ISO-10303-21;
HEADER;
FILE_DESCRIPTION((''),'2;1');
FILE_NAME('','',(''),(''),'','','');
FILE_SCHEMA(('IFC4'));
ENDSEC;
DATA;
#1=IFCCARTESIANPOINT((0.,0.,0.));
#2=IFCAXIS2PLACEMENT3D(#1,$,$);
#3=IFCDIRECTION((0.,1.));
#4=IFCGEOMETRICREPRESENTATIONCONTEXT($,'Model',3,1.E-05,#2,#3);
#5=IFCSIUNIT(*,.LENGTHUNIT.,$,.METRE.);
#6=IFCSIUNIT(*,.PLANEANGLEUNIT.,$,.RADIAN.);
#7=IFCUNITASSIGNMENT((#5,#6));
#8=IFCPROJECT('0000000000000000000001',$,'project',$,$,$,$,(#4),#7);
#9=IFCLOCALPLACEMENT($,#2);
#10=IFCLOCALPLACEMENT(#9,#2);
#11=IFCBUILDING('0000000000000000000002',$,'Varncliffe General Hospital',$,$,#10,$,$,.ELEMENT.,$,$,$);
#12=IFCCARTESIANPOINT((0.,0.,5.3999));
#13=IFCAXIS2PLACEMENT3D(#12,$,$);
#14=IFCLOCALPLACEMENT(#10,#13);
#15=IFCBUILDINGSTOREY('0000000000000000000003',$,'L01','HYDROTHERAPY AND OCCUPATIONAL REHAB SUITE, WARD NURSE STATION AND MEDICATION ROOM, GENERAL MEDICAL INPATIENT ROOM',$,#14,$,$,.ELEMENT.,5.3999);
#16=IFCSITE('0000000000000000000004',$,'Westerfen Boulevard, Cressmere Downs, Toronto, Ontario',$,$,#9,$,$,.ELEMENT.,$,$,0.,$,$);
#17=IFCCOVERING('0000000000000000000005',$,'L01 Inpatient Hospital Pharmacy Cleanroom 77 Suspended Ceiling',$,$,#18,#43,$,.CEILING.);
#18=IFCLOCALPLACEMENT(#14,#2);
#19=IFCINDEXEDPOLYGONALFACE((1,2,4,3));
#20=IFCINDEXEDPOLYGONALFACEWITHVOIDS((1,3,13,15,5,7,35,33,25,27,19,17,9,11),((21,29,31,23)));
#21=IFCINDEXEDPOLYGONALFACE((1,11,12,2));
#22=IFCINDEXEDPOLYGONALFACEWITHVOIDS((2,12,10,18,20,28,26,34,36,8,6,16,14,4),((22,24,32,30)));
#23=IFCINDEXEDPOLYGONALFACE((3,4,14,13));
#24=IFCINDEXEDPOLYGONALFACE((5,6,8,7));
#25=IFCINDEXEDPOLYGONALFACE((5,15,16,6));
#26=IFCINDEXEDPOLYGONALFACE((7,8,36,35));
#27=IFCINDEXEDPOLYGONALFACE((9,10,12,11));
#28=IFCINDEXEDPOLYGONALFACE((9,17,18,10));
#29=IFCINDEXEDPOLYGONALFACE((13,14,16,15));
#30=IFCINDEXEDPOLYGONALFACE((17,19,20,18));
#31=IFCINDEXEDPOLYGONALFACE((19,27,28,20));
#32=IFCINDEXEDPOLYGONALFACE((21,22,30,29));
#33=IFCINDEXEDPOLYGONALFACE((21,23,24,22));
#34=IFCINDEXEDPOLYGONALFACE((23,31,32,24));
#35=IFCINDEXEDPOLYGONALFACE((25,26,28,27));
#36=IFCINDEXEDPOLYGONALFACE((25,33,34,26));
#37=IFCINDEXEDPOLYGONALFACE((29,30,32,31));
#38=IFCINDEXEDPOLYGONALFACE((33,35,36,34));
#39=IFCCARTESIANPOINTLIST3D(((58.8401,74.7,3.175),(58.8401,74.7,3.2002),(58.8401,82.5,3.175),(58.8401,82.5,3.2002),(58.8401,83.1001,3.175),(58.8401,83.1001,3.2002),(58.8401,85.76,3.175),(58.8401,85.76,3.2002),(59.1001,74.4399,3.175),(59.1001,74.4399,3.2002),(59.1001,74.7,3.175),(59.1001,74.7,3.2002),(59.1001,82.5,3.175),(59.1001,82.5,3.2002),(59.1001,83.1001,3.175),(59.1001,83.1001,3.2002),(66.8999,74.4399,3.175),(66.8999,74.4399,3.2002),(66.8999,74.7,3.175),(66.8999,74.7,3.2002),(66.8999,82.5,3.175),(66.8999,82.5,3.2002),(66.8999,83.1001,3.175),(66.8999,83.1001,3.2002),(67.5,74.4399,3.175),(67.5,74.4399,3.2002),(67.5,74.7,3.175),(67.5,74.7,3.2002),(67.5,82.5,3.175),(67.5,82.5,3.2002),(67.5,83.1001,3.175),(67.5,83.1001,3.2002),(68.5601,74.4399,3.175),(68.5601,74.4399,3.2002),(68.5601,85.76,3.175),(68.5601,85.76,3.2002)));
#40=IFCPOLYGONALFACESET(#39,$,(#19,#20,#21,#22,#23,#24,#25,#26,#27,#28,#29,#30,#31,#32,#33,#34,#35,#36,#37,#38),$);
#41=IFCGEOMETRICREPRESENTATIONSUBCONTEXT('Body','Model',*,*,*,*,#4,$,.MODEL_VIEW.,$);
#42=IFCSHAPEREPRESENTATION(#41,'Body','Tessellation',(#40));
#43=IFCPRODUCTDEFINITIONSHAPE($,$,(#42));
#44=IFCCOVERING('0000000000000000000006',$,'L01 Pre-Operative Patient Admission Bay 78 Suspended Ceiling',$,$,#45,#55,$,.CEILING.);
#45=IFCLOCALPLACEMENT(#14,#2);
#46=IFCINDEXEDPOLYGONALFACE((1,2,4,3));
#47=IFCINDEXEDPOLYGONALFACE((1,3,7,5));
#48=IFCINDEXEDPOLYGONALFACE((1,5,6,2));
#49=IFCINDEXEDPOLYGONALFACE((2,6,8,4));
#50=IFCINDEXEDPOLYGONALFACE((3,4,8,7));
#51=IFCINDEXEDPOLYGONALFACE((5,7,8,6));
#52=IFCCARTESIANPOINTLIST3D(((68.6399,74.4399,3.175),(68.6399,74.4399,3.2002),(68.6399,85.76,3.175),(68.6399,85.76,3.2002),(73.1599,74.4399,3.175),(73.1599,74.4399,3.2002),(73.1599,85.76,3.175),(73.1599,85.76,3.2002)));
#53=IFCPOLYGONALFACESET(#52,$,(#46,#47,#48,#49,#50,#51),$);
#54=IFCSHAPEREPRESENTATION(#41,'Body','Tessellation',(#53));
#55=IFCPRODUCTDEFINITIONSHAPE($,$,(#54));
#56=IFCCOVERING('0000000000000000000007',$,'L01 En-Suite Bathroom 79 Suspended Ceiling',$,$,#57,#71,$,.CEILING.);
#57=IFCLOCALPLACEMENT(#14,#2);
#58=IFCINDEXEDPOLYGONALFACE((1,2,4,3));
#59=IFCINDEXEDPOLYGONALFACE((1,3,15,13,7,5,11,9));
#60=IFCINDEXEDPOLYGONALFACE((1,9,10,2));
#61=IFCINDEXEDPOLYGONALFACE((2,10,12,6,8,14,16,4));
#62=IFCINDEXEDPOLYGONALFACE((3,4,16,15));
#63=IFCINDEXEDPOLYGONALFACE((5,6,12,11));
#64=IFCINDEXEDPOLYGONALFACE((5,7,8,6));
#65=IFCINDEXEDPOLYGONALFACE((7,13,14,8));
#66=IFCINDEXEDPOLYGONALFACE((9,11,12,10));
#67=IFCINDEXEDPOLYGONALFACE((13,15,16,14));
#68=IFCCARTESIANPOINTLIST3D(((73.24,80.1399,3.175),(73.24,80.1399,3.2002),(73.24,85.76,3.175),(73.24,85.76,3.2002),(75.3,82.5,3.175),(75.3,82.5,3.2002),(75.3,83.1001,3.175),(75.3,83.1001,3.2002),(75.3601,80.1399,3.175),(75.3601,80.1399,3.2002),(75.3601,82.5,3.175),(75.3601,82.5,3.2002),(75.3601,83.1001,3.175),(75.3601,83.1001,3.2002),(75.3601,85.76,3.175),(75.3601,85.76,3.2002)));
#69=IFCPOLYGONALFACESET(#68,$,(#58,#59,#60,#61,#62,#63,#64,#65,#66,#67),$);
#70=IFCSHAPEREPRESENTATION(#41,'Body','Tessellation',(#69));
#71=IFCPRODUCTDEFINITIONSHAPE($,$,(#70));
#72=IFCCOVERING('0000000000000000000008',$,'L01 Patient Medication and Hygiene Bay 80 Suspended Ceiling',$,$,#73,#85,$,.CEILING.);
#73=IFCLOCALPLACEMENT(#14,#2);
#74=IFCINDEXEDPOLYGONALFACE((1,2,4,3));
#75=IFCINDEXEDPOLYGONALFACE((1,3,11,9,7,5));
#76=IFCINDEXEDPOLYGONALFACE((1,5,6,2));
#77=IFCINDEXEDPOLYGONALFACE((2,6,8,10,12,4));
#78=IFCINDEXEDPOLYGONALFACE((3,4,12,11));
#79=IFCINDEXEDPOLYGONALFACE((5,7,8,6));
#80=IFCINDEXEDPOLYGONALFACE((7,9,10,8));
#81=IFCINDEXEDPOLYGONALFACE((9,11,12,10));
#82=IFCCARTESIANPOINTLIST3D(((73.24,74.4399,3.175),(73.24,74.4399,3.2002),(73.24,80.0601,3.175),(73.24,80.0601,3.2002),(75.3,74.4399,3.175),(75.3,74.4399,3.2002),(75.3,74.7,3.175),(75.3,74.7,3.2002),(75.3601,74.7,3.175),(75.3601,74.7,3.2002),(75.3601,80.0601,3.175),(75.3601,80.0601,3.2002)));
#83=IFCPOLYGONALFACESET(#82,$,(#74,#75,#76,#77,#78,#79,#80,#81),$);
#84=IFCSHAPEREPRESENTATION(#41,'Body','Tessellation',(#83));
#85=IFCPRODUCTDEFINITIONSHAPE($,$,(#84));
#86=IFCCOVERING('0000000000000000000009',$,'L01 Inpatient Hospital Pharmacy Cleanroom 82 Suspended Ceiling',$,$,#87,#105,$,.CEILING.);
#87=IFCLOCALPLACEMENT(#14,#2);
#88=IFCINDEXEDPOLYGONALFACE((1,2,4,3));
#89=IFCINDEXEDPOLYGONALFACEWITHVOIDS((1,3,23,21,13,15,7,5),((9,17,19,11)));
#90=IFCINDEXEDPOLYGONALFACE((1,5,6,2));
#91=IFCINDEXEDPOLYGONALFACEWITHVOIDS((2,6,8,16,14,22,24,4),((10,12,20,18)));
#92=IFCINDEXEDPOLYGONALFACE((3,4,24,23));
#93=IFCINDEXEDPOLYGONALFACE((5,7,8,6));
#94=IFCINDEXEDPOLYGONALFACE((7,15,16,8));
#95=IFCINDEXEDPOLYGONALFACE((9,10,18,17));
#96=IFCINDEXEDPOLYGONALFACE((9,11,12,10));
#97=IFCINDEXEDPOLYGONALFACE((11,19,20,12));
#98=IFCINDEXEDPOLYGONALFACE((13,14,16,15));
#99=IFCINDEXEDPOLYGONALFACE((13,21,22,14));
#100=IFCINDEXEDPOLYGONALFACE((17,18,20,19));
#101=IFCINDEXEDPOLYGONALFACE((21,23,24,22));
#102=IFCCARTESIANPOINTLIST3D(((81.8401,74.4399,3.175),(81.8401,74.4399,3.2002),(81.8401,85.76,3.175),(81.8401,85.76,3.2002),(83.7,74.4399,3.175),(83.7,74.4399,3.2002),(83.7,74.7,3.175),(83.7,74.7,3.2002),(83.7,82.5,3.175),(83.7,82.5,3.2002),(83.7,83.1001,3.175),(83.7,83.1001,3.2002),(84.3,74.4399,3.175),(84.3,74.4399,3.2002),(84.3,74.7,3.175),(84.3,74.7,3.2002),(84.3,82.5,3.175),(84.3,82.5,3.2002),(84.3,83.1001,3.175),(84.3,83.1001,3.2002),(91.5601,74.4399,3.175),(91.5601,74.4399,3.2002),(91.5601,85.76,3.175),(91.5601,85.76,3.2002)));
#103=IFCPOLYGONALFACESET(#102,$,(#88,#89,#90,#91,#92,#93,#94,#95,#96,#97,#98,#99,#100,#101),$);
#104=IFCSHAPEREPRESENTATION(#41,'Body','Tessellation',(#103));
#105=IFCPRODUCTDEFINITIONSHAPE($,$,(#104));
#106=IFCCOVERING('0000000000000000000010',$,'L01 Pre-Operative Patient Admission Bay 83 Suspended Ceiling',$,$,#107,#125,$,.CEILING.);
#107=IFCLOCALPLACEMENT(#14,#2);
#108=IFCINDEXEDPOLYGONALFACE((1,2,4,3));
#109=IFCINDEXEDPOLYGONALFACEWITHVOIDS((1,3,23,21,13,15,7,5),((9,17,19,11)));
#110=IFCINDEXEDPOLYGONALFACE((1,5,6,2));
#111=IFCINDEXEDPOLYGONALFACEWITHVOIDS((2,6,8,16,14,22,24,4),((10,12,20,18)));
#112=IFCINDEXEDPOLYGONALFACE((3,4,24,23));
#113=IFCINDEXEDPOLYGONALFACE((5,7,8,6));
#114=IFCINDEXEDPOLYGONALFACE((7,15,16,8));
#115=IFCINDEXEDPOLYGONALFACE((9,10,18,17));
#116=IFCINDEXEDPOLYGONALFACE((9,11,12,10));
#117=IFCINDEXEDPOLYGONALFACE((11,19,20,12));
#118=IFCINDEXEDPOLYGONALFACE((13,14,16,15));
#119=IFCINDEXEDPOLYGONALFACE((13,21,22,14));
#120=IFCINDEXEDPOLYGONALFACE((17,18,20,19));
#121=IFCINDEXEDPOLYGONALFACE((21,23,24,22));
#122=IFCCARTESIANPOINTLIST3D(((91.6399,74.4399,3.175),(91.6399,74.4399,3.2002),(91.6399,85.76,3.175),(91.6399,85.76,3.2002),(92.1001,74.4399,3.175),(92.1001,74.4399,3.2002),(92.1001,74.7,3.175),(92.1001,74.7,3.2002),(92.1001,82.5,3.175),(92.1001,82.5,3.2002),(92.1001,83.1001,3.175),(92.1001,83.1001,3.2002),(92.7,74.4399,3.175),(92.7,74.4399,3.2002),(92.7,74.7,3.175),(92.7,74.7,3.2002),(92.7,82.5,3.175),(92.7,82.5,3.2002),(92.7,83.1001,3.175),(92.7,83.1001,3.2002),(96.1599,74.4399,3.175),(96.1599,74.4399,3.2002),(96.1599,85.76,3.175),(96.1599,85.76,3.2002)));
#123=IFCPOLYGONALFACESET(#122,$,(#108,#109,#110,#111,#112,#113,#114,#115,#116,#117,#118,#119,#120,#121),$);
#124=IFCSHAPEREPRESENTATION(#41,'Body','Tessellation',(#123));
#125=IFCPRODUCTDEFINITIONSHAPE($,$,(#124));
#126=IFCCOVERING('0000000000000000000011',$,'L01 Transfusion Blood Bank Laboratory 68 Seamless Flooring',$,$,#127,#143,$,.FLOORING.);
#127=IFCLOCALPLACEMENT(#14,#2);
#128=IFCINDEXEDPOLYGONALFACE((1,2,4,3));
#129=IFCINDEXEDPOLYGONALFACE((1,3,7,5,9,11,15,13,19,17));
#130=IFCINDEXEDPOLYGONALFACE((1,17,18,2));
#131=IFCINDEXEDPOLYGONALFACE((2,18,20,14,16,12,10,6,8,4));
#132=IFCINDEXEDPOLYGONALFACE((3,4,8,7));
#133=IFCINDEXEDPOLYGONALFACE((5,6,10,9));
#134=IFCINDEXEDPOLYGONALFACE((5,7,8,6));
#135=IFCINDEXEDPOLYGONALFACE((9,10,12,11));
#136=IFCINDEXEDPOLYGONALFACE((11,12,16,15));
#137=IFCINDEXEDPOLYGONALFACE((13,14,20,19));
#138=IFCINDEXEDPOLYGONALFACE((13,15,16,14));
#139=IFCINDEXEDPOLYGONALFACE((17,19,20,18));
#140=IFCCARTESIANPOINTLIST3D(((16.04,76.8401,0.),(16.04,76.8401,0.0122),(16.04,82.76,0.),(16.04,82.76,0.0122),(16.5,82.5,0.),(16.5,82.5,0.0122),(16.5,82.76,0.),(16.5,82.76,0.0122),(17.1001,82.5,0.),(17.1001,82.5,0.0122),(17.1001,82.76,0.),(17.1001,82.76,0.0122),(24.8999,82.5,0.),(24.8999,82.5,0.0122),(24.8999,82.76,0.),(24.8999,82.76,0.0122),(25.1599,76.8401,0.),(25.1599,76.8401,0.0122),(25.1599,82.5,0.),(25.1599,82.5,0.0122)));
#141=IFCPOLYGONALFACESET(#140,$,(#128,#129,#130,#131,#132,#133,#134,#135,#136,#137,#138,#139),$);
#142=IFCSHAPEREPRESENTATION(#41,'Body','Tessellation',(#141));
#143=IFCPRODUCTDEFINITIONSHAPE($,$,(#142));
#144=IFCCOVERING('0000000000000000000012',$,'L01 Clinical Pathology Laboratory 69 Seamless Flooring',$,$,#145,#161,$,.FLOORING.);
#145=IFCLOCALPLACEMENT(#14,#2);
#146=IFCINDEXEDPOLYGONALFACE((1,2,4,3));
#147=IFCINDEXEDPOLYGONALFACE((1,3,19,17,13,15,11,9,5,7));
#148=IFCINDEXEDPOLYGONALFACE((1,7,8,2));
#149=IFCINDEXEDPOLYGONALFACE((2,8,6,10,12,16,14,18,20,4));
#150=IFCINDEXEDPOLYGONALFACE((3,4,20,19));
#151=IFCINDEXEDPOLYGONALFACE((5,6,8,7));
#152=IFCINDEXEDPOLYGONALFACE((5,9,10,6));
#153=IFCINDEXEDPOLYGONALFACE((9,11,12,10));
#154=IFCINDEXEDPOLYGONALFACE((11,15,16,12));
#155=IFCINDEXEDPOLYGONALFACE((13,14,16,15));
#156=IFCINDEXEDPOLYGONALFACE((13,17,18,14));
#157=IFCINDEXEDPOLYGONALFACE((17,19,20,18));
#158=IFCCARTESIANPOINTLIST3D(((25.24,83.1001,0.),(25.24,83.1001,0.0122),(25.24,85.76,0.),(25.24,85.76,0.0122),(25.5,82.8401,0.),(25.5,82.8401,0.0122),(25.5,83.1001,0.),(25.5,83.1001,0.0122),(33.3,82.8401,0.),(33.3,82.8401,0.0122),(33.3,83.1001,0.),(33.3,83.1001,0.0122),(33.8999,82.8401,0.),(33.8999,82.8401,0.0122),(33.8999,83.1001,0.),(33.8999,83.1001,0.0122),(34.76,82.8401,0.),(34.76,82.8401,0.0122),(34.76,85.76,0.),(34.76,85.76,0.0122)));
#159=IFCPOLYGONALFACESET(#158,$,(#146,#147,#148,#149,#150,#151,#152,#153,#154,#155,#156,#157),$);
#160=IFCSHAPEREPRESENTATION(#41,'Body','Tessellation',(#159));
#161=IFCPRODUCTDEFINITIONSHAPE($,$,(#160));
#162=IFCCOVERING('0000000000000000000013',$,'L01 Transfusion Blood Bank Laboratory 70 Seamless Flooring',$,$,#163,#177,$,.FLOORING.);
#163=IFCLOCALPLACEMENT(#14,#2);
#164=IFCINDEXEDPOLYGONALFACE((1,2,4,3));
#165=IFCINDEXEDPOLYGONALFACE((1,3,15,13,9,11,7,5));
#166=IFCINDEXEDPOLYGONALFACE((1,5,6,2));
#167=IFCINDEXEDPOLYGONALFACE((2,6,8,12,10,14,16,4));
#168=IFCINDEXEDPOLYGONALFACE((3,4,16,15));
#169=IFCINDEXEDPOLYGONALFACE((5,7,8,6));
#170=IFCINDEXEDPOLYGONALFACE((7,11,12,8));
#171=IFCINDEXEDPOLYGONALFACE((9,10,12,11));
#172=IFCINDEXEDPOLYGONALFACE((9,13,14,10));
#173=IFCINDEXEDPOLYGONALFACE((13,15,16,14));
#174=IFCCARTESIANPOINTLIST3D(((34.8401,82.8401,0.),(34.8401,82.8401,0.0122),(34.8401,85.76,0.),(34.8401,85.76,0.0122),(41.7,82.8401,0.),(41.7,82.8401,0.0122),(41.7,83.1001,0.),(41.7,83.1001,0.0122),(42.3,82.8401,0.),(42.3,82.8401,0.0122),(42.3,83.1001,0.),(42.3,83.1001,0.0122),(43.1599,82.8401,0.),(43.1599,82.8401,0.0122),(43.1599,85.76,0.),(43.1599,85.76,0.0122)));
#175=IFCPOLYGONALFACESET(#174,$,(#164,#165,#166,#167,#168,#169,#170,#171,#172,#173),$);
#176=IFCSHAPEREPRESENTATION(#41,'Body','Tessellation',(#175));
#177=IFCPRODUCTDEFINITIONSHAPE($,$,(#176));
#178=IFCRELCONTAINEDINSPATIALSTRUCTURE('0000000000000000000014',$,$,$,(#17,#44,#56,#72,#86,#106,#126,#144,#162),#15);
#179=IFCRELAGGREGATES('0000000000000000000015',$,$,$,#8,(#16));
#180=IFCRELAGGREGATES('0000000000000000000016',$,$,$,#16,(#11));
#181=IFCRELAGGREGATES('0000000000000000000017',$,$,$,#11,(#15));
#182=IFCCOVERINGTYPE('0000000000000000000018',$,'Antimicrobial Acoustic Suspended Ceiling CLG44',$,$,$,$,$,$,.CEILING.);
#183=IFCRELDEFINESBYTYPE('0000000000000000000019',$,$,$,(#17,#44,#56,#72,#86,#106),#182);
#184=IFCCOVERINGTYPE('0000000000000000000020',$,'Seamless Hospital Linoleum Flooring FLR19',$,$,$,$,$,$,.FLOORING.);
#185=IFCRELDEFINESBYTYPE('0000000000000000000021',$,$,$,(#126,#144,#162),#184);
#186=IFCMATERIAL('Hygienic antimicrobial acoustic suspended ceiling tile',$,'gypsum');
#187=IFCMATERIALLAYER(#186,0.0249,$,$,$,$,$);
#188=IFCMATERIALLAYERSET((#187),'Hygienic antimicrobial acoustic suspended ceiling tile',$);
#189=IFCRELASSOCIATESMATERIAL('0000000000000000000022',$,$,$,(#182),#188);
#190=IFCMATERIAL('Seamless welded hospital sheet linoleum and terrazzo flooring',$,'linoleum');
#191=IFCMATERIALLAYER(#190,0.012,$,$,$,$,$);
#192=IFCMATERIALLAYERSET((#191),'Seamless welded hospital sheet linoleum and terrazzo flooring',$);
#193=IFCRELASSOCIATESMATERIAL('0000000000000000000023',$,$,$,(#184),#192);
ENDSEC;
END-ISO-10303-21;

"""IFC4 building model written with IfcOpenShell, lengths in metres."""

from ifc_helpers import new_model, si_unit, direction, frame, origin, place, context, subcontext, project, spatial, polyline, outline, extrude, material, layer, layer_set, type_object, element, save


model = new_model("IFC4")

# Units and contexts
model_context = context("Model", 3, precision=1e-05, world=origin(), true_north=direction((0.0, 1.0)))
body_context = subcontext(model_context, "Body", "Model", "MODEL_VIEW")
ifc_project = project(units=[si_unit("LENGTHUNIT", "METRE"), si_unit("PLANEANGLEUNIT", "RADIAN")], contexts=[model_context])

# Site, building, storey
site_placement = place(None, origin())
site = spatial("IfcSite", under=ifc_project, at=site_placement, Name="Westerfen Boulevard, Cressmere Downs, Toronto, Ontario", CompositionType="ELEMENT", RefElevation=0.0)
building_placement = place(site_placement, origin())
building = spatial("IfcBuilding", under=site, at=building_placement, Name="Varncliffe General Hospital", CompositionType="ELEMENT")
storey_placement = place(building_placement, frame((0.0, 0.0, 5.3999)))
storey = spatial("IfcBuildingStorey", under=building, at=storey_placement, Name="L01", Description="HYDROTHERAPY AND OCCUPATIONAL REHAB SUITE, WARD NURSE STATION AND MEDICATION ROOM, GENERAL MEDICAL INPATIENT ROOM", CompositionType="ELEMENT", Elevation=5.3999)

# Coverings
ifc_material_1 = material(Name="Hygienic antimicrobial acoustic suspended ceiling tile", Category="gypsum")
ifc_layer_1 = layer(ifc_material_1, 0.0249)
ifc_layer_set_1 = layer_set([ifc_layer_1], Name="Hygienic antimicrobial acoustic suspended ceiling tile")
covering_type_1 = type_object("IfcCoveringType", Name="Antimicrobial Acoustic Suspended Ceiling CLG44", PredefinedType="CEILING", material=ifc_layer_set_1)
covering_1_placement = place(storey_placement, frame((0.0, 0.0, 3.175)))
element("IfcCovering", 1, at=covering_1_placement, inside=storey, type_object=covering_type_1, Name="L01 Inpatient Hospital Pharmacy Cleanroom 77 Suspended Ceiling", PredefinedType="CEILING", context=body_context, shape_type="SweptSolid", body=[
    extrude(outline(polyline([(68.5601, 74.4399), (67.5, 74.4399), (67.5, 74.7), (66.8999, 74.7), (66.8999, 74.4399), (59.1001, 74.4399), (59.1001, 74.7), (58.8401, 74.7), (58.8401, 82.5), (59.1001, 82.5), (59.1001, 83.1001), (58.8401, 83.1001), (58.8401, 85.76), (68.5601, 85.76), (68.5601, 74.4399)]), holes=[polyline([(67.5, 82.5), (67.5, 83.1001), (66.8999, 83.1001), (66.8999, 82.5), (67.5, 82.5)])]), origin(), (0.0, 0.0, 1.0), 0.0251),
])
covering_2_placement = place(storey_placement, frame((0.0, 0.0, 3.175)))
element("IfcCovering", 2, at=covering_2_placement, inside=storey, type_object=covering_type_1, Name="L01 Pre-Operative Patient Admission Bay 78 Suspended Ceiling", PredefinedType="CEILING", context=body_context, shape_type="SweptSolid", body=[
    extrude(outline(polyline([(73.1599, 74.4399), (73.1599, 85.76), (68.6399, 85.76), (68.6399, 74.4399), (73.1599, 74.4399)])), origin(), (0.0, 0.0, 1.0), 0.0251),
])
covering_3_placement = place(storey_placement, frame((0.0, 0.0, 3.175)))
element("IfcCovering", 3, at=covering_3_placement, inside=storey, type_object=covering_type_1, Name="L01 En-Suite Bathroom 79 Suspended Ceiling", PredefinedType="CEILING", context=body_context, shape_type="SweptSolid", body=[
    extrude(outline(polyline([(75.3601, 80.1399), (73.24, 80.1399), (73.24, 85.76), (75.3601, 85.76), (75.3601, 83.1001), (75.3, 83.1001), (75.3, 82.5), (75.3601, 82.5), (75.3601, 80.1399)])), origin(), (0.0, 0.0, 1.0), 0.0251),
])
covering_4_placement = place(storey_placement, frame((0.0, 0.0, 3.175)))
element("IfcCovering", 4, at=covering_4_placement, inside=storey, type_object=covering_type_1, Name="L01 Patient Medication and Hygiene Bay 80 Suspended Ceiling", PredefinedType="CEILING", context=body_context, shape_type="SweptSolid", body=[
    extrude(outline(polyline([(73.24, 74.4399), (73.24, 80.0601), (75.3601, 80.0601), (75.3601, 74.7), (75.3, 74.7), (75.3, 74.4399), (73.24, 74.4399)])), origin(), (0.0, 0.0, 1.0), 0.0251),
])
covering_5_placement = place(storey_placement, frame((0.0, 0.0, 3.175)))
element("IfcCovering", 5, at=covering_5_placement, inside=storey, type_object=covering_type_1, Name="L01 Inpatient Hospital Pharmacy Cleanroom 82 Suspended Ceiling", PredefinedType="CEILING", context=body_context, shape_type="SweptSolid", body=[
    extrude(outline(polyline([(81.8401, 74.4399), (81.8401, 85.76), (91.5601, 85.76), (91.5601, 74.4399), (84.3, 74.4399), (84.3, 74.7), (83.7, 74.7), (83.7, 74.4399), (81.8401, 74.4399)]), holes=[polyline([(84.3, 82.5), (84.3, 83.1001), (83.7, 83.1001), (83.7, 82.5), (84.3, 82.5)])]), origin(), (0.0, 0.0, 1.0), 0.0251),
])
covering_6_placement = place(storey_placement, frame((0.0, 0.0, 3.175)))
element("IfcCovering", 6, at=covering_6_placement, inside=storey, type_object=covering_type_1, Name="L01 Pre-Operative Patient Admission Bay 83 Suspended Ceiling", PredefinedType="CEILING", context=body_context, shape_type="SweptSolid", body=[
    extrude(outline(polyline([(91.6399, 74.4399), (91.6399, 85.76), (96.1599, 85.76), (96.1599, 74.4399), (92.7, 74.4399), (92.7, 74.7), (92.1001, 74.7), (92.1001, 74.4399), (91.6399, 74.4399)]), holes=[polyline([(92.7, 82.5), (92.7, 83.1001), (92.1001, 83.1001), (92.1001, 82.5), (92.7, 82.5)])]), origin(), (0.0, 0.0, 1.0), 0.0251),
])
ifc_material_2 = material(Name="Seamless welded hospital sheet linoleum and terrazzo flooring", Category="linoleum")
ifc_layer_2 = layer(ifc_material_2, 0.012)
ifc_layer_set_2 = layer_set([ifc_layer_2], Name="Seamless welded hospital sheet linoleum and terrazzo flooring")
covering_type_2 = type_object("IfcCoveringType", Name="Seamless Hospital Linoleum Flooring FLR19", PredefinedType="FLOORING", material=ifc_layer_set_2)
covering_7_placement = place(storey_placement, origin())
element("IfcCovering", 7, at=covering_7_placement, inside=storey, type_object=covering_type_2, Name="L01 Transfusion Blood Bank Laboratory 68 Seamless Flooring", PredefinedType="FLOORING", context=body_context, shape_type="SweptSolid", body=[
    extrude(outline(polyline([(25.1599, 76.8401), (16.04, 76.8401), (16.04, 82.76), (16.5, 82.76), (16.5, 82.5), (17.1001, 82.5), (17.1001, 82.76), (24.8999, 82.76), (24.8999, 82.5), (25.1599, 82.5), (25.1599, 76.8401)])), origin(), (0.0, 0.0, 1.0), 0.0122),
])
covering_8_placement = place(storey_placement, origin())
element("IfcCovering", 8, at=covering_8_placement, inside=storey, type_object=covering_type_2, Name="L01 Clinical Pathology Laboratory 69 Seamless Flooring", PredefinedType="FLOORING", context=body_context, shape_type="SweptSolid", body=[
    extrude(outline(polyline([(34.76, 85.76), (34.76, 82.8401), (33.8999, 82.8401), (33.8999, 83.1001), (33.3, 83.1001), (33.3, 82.8401), (25.5, 82.8401), (25.5, 83.1001), (25.24, 83.1001), (25.24, 85.76), (34.76, 85.76)])), origin(), (0.0, 0.0, 1.0), 0.0122),
])
covering_9_placement = place(storey_placement, origin())
element("IfcCovering", 9, at=covering_9_placement, inside=storey, type_object=covering_type_2, Name="L01 Transfusion Blood Bank Laboratory 70 Seamless Flooring", PredefinedType="FLOORING", context=body_context, shape_type="SweptSolid", body=[
    extrude(outline(polyline([(34.8401, 82.8401), (34.8401, 85.76), (43.1599, 85.76), (43.1599, 82.8401), (42.3, 82.8401), (42.3, 83.1001), (41.7, 83.1001), (41.7, 82.8401), (34.8401, 82.8401)])), origin(), (0.0, 0.0, 1.0), 0.0122),
])

save(model, "model.ifc")
